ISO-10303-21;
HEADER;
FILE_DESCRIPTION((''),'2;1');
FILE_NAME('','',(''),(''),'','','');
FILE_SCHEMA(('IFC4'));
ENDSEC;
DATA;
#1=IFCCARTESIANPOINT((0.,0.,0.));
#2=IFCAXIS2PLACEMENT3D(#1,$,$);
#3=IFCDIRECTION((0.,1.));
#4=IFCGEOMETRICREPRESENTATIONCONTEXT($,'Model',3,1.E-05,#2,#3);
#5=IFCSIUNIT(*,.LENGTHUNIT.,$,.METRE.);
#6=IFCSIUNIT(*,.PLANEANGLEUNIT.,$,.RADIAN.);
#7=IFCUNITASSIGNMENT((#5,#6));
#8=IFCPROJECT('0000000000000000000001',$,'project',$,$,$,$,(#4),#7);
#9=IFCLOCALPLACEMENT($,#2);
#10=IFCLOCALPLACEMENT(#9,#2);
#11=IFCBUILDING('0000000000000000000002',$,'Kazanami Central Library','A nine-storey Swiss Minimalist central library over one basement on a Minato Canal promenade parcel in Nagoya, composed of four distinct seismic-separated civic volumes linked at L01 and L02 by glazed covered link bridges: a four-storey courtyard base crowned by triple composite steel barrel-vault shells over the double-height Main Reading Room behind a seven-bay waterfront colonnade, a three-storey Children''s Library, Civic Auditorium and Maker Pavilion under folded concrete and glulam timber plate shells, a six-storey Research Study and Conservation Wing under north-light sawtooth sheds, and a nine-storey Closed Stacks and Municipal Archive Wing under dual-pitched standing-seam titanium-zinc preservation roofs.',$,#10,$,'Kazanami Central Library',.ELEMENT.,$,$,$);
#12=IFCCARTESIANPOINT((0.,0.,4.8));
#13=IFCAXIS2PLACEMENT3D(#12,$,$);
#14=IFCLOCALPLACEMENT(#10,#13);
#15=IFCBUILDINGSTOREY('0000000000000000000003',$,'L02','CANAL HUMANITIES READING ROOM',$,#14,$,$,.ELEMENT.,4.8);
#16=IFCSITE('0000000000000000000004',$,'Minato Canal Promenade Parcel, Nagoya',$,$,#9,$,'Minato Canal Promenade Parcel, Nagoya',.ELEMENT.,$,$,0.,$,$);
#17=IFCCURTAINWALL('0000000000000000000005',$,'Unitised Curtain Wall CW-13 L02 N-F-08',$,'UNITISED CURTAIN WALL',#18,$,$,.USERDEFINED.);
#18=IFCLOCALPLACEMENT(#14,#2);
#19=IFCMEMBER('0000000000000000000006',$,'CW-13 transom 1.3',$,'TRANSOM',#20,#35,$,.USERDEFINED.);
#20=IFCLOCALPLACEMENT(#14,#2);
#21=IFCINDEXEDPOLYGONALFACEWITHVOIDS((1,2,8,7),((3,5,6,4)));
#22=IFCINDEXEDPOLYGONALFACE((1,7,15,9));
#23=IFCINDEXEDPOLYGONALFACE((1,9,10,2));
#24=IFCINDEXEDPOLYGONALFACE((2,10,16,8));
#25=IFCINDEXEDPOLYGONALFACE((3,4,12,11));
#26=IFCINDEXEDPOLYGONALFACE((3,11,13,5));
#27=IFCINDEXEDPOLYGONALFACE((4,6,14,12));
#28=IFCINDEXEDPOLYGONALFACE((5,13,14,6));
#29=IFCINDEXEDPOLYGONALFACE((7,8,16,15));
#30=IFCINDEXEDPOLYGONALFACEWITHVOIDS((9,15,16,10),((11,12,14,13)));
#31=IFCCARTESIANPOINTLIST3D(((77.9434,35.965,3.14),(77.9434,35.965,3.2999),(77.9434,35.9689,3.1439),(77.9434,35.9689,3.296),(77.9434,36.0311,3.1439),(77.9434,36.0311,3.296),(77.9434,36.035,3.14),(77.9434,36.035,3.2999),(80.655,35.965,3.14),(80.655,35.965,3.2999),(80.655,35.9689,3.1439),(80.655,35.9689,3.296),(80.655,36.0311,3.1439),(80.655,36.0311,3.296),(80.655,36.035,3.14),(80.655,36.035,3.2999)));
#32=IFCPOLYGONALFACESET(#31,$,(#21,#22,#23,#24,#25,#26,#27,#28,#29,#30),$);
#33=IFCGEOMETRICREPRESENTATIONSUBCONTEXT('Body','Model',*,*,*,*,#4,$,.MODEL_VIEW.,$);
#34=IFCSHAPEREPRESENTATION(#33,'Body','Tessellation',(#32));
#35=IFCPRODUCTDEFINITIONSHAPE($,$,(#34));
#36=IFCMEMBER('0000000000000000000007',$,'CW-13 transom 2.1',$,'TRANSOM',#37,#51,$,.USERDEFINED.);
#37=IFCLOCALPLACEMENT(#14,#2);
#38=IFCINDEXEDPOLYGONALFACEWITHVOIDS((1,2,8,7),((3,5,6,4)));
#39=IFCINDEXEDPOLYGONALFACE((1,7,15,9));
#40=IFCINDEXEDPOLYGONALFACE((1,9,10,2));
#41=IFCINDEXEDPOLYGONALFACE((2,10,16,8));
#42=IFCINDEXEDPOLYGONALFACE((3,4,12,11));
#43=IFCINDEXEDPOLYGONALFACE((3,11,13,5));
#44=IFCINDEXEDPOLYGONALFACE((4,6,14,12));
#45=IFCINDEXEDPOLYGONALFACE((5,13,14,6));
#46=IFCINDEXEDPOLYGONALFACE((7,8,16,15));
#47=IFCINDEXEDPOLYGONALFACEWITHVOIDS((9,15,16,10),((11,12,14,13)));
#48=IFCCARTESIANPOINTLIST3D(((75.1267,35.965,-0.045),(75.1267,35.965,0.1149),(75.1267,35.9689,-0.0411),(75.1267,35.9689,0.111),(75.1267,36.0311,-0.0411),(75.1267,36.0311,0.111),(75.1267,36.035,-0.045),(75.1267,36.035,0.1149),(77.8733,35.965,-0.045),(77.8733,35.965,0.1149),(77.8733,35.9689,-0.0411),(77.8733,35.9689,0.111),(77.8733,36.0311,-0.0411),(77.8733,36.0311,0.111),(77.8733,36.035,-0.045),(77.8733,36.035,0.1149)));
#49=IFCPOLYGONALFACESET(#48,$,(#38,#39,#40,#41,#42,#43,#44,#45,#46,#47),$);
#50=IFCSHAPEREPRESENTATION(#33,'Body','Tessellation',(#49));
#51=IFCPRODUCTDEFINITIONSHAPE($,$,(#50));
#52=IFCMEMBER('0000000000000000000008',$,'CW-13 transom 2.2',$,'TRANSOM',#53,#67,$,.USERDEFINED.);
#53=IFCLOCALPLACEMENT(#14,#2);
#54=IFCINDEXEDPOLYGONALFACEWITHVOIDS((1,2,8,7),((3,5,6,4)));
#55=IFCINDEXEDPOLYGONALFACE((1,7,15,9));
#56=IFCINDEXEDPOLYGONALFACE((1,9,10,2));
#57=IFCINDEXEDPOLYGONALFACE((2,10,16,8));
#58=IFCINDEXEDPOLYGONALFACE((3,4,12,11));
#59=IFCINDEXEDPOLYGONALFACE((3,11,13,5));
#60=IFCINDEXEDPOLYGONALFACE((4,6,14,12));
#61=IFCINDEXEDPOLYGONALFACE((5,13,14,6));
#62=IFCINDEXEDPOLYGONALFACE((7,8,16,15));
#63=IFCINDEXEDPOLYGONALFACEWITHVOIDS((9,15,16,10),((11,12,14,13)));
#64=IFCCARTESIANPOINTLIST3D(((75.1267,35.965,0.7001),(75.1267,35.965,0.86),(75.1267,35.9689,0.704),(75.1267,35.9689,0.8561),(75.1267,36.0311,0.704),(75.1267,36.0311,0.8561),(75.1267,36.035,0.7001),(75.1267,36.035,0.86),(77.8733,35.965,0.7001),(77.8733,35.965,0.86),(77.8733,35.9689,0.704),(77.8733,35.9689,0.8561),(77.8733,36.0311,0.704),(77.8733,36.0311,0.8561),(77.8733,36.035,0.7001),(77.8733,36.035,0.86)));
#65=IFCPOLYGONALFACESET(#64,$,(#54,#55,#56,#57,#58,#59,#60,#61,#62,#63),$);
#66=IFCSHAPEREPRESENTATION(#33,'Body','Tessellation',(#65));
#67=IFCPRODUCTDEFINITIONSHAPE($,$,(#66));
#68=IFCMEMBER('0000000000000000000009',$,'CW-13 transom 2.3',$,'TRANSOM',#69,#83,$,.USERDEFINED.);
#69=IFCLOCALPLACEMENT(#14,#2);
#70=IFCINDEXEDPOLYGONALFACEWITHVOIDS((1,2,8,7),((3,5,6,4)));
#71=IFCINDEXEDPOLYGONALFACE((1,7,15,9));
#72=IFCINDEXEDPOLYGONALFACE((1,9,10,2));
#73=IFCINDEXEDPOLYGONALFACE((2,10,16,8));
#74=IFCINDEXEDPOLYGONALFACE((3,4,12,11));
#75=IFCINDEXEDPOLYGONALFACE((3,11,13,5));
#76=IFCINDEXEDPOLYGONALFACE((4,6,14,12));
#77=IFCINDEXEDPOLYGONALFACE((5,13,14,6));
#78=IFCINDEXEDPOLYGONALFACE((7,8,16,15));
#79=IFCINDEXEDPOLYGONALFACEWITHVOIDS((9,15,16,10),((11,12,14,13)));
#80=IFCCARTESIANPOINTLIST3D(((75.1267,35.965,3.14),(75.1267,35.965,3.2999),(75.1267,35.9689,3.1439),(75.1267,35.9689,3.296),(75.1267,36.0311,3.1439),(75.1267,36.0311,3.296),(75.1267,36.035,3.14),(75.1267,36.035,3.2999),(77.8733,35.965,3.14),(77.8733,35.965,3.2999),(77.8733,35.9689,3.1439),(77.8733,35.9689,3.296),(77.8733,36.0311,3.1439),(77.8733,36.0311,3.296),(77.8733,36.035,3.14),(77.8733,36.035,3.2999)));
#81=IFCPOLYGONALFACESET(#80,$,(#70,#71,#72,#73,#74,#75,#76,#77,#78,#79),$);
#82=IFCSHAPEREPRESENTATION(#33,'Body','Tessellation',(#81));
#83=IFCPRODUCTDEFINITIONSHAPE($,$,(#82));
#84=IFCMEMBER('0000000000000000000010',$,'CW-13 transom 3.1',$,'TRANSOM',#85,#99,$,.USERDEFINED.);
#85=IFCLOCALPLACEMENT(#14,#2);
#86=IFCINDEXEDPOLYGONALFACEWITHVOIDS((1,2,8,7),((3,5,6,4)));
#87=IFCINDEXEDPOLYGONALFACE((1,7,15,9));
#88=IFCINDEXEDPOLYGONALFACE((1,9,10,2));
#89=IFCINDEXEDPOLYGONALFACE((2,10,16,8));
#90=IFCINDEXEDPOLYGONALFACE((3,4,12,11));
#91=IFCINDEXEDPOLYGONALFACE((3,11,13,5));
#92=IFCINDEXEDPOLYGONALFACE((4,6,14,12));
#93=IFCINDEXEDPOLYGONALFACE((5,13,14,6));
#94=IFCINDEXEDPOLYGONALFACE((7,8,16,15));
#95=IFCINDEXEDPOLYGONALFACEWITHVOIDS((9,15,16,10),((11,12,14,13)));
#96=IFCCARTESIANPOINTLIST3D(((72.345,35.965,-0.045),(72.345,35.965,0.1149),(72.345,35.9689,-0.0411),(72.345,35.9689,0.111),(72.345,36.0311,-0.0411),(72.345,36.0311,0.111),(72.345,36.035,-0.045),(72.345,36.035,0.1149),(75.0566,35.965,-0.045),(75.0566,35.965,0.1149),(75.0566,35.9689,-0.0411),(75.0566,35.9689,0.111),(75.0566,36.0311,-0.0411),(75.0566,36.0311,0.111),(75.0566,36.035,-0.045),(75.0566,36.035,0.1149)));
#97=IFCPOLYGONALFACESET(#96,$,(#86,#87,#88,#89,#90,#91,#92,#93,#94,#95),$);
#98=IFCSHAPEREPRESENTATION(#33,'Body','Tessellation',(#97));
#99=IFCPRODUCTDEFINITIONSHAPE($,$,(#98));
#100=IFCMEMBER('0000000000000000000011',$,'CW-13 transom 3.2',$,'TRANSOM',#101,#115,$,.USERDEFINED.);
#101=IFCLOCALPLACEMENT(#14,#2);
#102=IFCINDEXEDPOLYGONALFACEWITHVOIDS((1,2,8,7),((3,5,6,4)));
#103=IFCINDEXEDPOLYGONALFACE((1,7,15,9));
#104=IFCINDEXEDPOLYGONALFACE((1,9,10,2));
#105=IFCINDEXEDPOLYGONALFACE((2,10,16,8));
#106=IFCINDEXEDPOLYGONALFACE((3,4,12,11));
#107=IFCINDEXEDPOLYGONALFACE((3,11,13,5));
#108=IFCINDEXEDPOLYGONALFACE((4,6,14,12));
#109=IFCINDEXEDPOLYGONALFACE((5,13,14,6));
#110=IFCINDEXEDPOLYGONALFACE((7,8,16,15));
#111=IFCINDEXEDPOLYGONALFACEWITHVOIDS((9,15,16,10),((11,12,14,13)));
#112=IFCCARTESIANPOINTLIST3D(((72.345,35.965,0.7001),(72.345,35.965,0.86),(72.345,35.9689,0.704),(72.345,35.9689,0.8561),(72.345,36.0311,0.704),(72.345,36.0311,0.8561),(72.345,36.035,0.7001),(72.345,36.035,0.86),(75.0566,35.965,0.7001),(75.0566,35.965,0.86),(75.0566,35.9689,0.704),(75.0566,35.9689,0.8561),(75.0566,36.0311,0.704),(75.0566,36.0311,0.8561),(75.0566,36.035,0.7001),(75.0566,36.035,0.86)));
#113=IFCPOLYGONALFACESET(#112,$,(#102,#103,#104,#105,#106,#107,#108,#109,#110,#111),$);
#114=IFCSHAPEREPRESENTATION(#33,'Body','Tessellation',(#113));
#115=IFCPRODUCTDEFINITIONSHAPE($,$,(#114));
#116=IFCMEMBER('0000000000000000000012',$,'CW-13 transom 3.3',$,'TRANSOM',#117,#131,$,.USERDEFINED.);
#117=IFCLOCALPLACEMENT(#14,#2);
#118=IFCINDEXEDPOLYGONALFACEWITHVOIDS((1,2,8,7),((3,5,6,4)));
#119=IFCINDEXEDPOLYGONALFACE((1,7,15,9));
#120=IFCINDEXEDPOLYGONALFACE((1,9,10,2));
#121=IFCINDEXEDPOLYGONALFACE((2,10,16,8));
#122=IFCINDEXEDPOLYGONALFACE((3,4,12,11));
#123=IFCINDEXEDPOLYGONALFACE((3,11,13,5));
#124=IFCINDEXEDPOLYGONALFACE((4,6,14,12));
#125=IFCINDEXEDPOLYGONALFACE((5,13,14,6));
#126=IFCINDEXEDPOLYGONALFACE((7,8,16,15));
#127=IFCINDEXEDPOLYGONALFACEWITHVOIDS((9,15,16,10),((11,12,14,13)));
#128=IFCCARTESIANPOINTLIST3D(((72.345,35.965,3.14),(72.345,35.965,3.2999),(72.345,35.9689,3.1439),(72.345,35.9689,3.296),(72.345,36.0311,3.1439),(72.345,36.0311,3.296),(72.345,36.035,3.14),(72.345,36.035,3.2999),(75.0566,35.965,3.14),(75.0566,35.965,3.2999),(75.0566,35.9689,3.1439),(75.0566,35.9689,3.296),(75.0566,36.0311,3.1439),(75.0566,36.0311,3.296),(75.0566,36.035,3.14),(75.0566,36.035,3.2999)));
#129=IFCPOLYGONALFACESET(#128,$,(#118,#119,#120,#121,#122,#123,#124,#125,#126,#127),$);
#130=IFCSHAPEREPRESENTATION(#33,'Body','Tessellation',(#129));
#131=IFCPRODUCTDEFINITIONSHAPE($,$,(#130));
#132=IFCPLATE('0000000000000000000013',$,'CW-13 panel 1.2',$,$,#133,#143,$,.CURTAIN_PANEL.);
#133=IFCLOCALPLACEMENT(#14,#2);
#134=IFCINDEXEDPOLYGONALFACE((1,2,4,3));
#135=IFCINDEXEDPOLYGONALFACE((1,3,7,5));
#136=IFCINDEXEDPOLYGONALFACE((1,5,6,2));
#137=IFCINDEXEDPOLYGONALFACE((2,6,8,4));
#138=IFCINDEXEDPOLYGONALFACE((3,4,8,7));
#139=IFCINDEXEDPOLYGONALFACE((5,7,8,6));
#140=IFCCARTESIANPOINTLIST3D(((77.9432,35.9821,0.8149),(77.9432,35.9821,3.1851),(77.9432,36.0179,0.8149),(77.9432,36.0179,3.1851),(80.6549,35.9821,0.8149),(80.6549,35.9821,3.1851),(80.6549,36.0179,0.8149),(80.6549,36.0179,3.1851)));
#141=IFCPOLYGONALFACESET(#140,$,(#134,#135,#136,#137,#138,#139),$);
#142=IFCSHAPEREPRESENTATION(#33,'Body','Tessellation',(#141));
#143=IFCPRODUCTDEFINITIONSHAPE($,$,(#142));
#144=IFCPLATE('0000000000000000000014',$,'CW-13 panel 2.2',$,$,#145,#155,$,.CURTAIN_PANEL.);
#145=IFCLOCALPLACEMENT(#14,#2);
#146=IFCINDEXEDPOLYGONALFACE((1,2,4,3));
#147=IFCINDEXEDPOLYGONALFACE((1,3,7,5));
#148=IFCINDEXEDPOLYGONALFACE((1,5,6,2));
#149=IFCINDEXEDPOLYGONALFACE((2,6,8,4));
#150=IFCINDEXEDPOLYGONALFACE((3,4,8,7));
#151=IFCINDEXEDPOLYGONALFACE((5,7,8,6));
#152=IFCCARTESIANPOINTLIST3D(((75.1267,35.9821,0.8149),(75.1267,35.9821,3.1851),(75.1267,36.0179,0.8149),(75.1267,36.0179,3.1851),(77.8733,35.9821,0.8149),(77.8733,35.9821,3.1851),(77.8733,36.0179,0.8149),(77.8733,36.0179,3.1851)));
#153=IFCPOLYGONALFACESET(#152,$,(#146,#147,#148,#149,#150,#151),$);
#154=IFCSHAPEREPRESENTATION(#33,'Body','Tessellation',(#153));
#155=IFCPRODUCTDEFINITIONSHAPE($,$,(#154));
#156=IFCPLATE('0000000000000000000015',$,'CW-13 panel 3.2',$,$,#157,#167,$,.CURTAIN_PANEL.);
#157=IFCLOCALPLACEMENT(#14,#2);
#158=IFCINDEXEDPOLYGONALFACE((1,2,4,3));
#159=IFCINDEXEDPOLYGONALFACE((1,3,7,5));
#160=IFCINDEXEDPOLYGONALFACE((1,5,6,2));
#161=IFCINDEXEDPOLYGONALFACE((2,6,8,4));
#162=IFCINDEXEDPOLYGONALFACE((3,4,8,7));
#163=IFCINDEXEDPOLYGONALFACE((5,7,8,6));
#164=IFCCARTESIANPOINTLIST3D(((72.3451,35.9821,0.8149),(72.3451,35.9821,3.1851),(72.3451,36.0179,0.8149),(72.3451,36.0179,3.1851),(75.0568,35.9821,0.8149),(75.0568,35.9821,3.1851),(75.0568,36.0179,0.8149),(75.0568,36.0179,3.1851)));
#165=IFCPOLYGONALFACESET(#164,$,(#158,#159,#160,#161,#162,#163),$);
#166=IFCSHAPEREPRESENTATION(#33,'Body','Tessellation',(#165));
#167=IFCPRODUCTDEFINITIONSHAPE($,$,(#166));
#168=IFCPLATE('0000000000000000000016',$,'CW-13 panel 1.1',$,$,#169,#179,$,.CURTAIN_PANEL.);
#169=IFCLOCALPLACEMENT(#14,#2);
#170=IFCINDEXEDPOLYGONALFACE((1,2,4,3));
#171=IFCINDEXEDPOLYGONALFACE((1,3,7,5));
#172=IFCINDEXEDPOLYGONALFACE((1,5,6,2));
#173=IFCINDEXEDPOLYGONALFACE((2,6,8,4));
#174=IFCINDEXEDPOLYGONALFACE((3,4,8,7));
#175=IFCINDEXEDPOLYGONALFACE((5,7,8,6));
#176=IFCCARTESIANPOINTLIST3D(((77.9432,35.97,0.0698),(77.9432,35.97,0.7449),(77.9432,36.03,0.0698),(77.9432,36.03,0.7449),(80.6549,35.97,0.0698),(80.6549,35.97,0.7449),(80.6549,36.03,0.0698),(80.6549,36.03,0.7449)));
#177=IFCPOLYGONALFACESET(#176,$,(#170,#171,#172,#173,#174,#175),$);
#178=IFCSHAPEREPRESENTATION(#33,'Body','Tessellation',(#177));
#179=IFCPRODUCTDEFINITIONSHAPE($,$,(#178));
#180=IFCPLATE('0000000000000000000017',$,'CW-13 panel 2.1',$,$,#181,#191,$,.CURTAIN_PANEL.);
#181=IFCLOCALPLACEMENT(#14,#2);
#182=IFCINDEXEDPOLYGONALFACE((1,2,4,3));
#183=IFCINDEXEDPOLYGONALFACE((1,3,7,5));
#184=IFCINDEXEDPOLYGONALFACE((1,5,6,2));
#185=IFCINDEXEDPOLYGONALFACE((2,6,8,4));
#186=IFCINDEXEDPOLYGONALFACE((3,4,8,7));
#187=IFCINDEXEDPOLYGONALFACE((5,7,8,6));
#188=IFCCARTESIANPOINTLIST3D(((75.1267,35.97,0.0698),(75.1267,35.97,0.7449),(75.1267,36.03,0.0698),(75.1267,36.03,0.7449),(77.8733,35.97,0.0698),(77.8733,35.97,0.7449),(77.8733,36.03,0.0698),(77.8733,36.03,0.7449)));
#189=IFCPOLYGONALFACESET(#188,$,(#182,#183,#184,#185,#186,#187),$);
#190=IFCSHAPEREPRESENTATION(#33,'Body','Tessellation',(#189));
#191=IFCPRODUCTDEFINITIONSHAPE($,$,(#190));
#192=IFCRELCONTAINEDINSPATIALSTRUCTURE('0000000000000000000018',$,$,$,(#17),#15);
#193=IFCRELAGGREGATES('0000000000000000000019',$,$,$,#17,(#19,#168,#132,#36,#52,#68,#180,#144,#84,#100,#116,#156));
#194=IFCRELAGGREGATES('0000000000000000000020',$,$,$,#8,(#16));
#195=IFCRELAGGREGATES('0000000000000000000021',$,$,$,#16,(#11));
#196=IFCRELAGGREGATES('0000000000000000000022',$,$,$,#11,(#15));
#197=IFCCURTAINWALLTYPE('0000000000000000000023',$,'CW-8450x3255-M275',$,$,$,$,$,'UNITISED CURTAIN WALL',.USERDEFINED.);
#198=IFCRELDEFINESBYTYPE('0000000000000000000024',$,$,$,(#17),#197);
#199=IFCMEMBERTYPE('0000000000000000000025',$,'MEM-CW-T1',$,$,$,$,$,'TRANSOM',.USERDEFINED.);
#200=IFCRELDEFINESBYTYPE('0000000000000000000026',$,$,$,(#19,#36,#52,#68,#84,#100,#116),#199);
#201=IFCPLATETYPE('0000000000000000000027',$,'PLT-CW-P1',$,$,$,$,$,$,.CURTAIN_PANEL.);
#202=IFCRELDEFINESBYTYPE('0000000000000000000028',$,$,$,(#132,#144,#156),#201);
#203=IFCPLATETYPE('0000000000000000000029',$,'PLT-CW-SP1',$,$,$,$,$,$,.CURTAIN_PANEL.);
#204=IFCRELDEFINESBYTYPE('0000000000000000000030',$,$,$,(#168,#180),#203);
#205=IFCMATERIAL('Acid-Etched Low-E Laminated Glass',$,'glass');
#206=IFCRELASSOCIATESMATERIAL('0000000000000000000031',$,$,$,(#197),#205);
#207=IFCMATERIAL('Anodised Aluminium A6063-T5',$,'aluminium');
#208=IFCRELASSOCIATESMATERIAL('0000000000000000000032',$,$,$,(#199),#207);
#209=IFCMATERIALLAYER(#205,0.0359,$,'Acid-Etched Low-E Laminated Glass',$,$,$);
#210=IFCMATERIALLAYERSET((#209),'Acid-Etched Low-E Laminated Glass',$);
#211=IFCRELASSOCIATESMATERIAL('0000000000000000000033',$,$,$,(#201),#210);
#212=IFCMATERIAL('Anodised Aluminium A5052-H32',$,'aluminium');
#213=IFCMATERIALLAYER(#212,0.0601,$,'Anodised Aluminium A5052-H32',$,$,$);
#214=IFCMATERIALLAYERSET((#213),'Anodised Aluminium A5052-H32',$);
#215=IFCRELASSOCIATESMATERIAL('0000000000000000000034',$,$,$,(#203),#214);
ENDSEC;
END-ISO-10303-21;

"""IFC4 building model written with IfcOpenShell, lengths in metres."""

from ifc_helpers import new_model, si_unit, direction, frame, origin, origin_2d, place, context, subcontext, project, spatial, rectangle, hollow_rectangle, extrude, material, layer, layer_set, material_profile, profile_set, type_object, element, aggregate, save


model = new_model("IFC4")

# Units and contexts
model_context = context("Model", 3, precision=1e-05, world=origin(), true_north=direction((0.0, 1.0)))
body_context = subcontext(model_context, "Body", "Model", "MODEL_VIEW")
ifc_project = project(units=[si_unit("LENGTHUNIT", "METRE"), si_unit("PLANEANGLEUNIT", "RADIAN")], contexts=[model_context])

# Site, building, storey
site_placement = place(None, origin())
site = spatial("IfcSite", under=ifc_project, at=site_placement, Name="Minato Canal Promenade Parcel, Nagoya", LongName="Minato Canal Promenade Parcel, Nagoya", CompositionType="ELEMENT", RefElevation=0.0)
building_placement = place(site_placement, origin())
building = spatial("IfcBuilding", under=site, at=building_placement, Name="Kazanami Central Library", Description="A nine-storey Swiss Minimalist central library over one basement on a Minato Canal promenade parcel in Nagoya, composed of four distinct seismic-separated civic volumes linked at L01 and L02 by glazed covered link bridges: a four-storey courtyard base crowned by triple composite steel barrel-vault shells over the double-height Main Reading Room behind a seven-bay waterfront colonnade, a three-storey Children's Library, Civic Auditorium and Maker Pavilion under folded concrete and glulam timber plate shells, a six-storey Research Study and Conservation Wing under north-light sawtooth sheds, and a nine-storey Closed Stacks and Municipal Archive Wing under dual-pitched standing-seam titanium-zinc preservation roofs.", LongName="Kazanami Central Library", CompositionType="ELEMENT")
storey_placement = place(building_placement, frame((0.0, 0.0, 4.8)))
storey = spatial("IfcBuildingStorey", under=building, at=storey_placement, Name="L02", Description="CANAL HUMANITIES READING ROOM", CompositionType="ELEMENT", Elevation=4.8)

# Curtain wall, members, plates
ifc_material_1 = material(Name="Acid-Etched Low-E Laminated Glass", Category="glass")
curtain_wall_type = type_object("IfcCurtainWallType", Name="CW-8450x3255-M275", ElementType="UNITISED CURTAIN WALL", PredefinedType="USERDEFINED", material=ifc_material_1)
curtain_wall_placement = place(storey_placement, origin())
curtain_wall = element("IfcCurtainWall", 1, at=curtain_wall_placement, inside=storey, type_object=curtain_wall_type, Name="Unitised Curtain Wall CW-13 L02 N-F-08", ObjectType="UNITISED CURTAIN WALL", PredefinedType="USERDEFINED")
ifc_material_2 = material(Name="Anodised Aluminium A6063-T5", Category="aluminium")
ifc_material_profile_1 = material_profile(ifc_material_2, hollow_rectangle(XDim=0.0701, YDim=0.1599, WallThickness=0.0039, at=origin_2d()), Name="ALU-TRAN-70x160x4")
ifc_profile_set_1 = profile_set([ifc_material_profile_1], Name="Anodised Aluminium A6063-T5")
member_type_1 = type_object("IfcMemberType", Name="MEM-CW-T1", ElementType="TRANSOM", PredefinedType="USERDEFINED", material=ifc_profile_set_1)
member_1_placement = place(storey_placement, frame((80.655, 36.0, 3.22), z_axis=(-1.0, 0.0, 0.0), x_axis=(0.0, -1.0, 0.0)))
member_1 = element("IfcMember", 2, at=member_1_placement, type_object=member_type_1, Name="CW-13 transom 1.3", ObjectType="TRANSOM", PredefinedType="USERDEFINED", context=body_context, shape_type="SweptSolid", body=[
    extrude(hollow_rectangle(XDim=0.0701, YDim=0.1599, WallThickness=0.0039, at=origin_2d()), origin(), (0.0, 0.0, 1.0), 2.7117),
])
member_2_placement = place(storey_placement, frame((77.8733, 36.0, 0.0349), z_axis=(-1.0, 0.0, 0.0), x_axis=(0.0, -1.0, 0.0)))
member_2 = element("IfcMember", 3, at=member_2_placement, type_object=member_type_1, Name="CW-13 transom 2.1", ObjectType="TRANSOM", PredefinedType="USERDEFINED", context=body_context, shape_type="SweptSolid", body=[
    extrude(hollow_rectangle(XDim=0.0701, YDim=0.1599, WallThickness=0.0039, at=origin_2d()), origin(), (0.0, 0.0, 1.0), 2.7466),
])
member_3_placement = place(storey_placement, frame((77.8733, 36.0, 0.78), z_axis=(-1.0, 0.0, 0.0), x_axis=(0.0, -1.0, 0.0)))
member_3 = element("IfcMember", 4, at=member_3_placement, type_object=member_type_1, Name="CW-13 transom 2.2", ObjectType="TRANSOM", PredefinedType="USERDEFINED", context=body_context, shape_type="SweptSolid", body=[
    extrude(hollow_rectangle(XDim=0.0701, YDim=0.1599, WallThickness=0.0039, at=origin_2d()), origin(), (0.0, 0.0, 1.0), 2.7466),
])
member_4_placement = place(storey_placement, frame((77.8733, 36.0, 3.22), z_axis=(-1.0, 0.0, 0.0), x_axis=(0.0, -1.0, 0.0)))
member_4 = element("IfcMember", 5, at=member_4_placement, type_object=member_type_1, Name="CW-13 transom 2.3", ObjectType="TRANSOM", PredefinedType="USERDEFINED", context=body_context, shape_type="SweptSolid", body=[
    extrude(hollow_rectangle(XDim=0.0701, YDim=0.1599, WallThickness=0.0039, at=origin_2d()), origin(), (0.0, 0.0, 1.0), 2.7466),
])
member_5_placement = place(storey_placement, frame((75.0566, 36.0, 0.0349), z_axis=(-1.0, 0.0, 0.0), x_axis=(0.0, -1.0, 0.0)))
member_5 = element("IfcMember", 6, at=member_5_placement, type_object=member_type_1, Name="CW-13 transom 3.1", ObjectType="TRANSOM", PredefinedType="USERDEFINED", context=body_context, shape_type="SweptSolid", body=[
    extrude(hollow_rectangle(XDim=0.0701, YDim=0.1599, WallThickness=0.0039, at=origin_2d()), origin(), (0.0, 0.0, 1.0), 2.7117),
])
member_6_placement = place(storey_placement, frame((75.0566, 36.0, 0.78), z_axis=(-1.0, 0.0, 0.0), x_axis=(0.0, -1.0, 0.0)))
member_6 = element("IfcMember", 7, at=member_6_placement, type_object=member_type_1, Name="CW-13 transom 3.2", ObjectType="TRANSOM", PredefinedType="USERDEFINED", context=body_context, shape_type="SweptSolid", body=[
    extrude(hollow_rectangle(XDim=0.0701, YDim=0.1599, WallThickness=0.0039, at=origin_2d()), origin(), (0.0, 0.0, 1.0), 2.7117),
])
member_7_placement = place(storey_placement, frame((75.0566, 36.0, 3.22), z_axis=(-1.0, 0.0, 0.0), x_axis=(0.0, -1.0, 0.0)))
member_7 = element("IfcMember", 8, at=member_7_placement, type_object=member_type_1, Name="CW-13 transom 3.3", ObjectType="TRANSOM", PredefinedType="USERDEFINED", context=body_context, shape_type="SweptSolid", body=[
    extrude(hollow_rectangle(XDim=0.0701, YDim=0.1599, WallThickness=0.0039, at=origin_2d()), origin(), (0.0, 0.0, 1.0), 2.7117),
])
ifc_layer_1 = layer(ifc_material_1, 0.0359, Name="Acid-Etched Low-E Laminated Glass")
ifc_layer_set_1 = layer_set([ifc_layer_1], Name="Acid-Etched Low-E Laminated Glass")
plate_type_1 = type_object("IfcPlateType", Name="PLT-CW-P1", PredefinedType="CURTAIN_PANEL", material=ifc_layer_set_1)
plate_1_placement = place(storey_placement, frame((79.2991, 36.0, 0.8149), z_axis=(0.0, 0.0, 1.0), x_axis=(-1.0, 0.0, 0.0)))
plate_1 = element("IfcPlate", 9, at=plate_1_placement, type_object=plate_type_1, Name="CW-13 panel 1.2", PredefinedType="CURTAIN_PANEL", context=body_context, shape_type="SweptSolid", body=[
    extrude(rectangle(XDim=2.7117, YDim=0.0359, at=origin_2d()), origin(), (0.0, 0.0, 1.0), 2.3701),
])
plate_2_placement = place(storey_placement, frame((76.5, 36.0, 0.8149), z_axis=(0.0, 0.0, 1.0), x_axis=(-1.0, 0.0, 0.0)))
plate_2 = element("IfcPlate", 10, at=plate_2_placement, type_object=plate_type_1, Name="CW-13 panel 2.2", PredefinedType="CURTAIN_PANEL", context=body_context, shape_type="SweptSolid", body=[
    extrude(rectangle(XDim=2.7466, YDim=0.0359, at=origin_2d()), origin(), (0.0, 0.0, 1.0), 2.3701),
])
plate_3_placement = place(storey_placement, frame((73.7009, 36.0, 0.8149), z_axis=(0.0, 0.0, 1.0), x_axis=(-1.0, 0.0, 0.0)))
plate_3 = element("IfcPlate", 11, at=plate_3_placement, type_object=plate_type_1, Name="CW-13 panel 3.2", PredefinedType="CURTAIN_PANEL", context=body_context, shape_type="SweptSolid", body=[
    extrude(rectangle(XDim=2.7117, YDim=0.0359, at=origin_2d()), origin(), (0.0, 0.0, 1.0), 2.3701),
])
ifc_material_3 = material(Name="Anodised Aluminium A5052-H32", Category="aluminium")
ifc_layer_2 = layer(ifc_material_3, 0.0601, Name="Anodised Aluminium A5052-H32")
ifc_layer_set_2 = layer_set([ifc_layer_2], Name="Anodised Aluminium A5052-H32")
plate_type_2 = type_object("IfcPlateType", Name="PLT-CW-SP1", PredefinedType="CURTAIN_PANEL", material=ifc_layer_set_2)
plate_4_placement = place(storey_placement, frame((79.2991, 36.0, 0.0698), z_axis=(0.0, 0.0, 1.0), x_axis=(-1.0, 0.0, 0.0)))
plate_4 = element("IfcPlate", 12, at=plate_4_placement, type_object=plate_type_2, Name="CW-13 panel 1.1", PredefinedType="CURTAIN_PANEL", context=body_context, shape_type="SweptSolid", body=[
    extrude(rectangle(XDim=2.7117, YDim=0.0601, at=origin_2d()), origin(), (0.0, 0.0, 1.0), 0.675),
])
plate_5_placement = place(storey_placement, frame((76.5, 36.0, 0.0698), z_axis=(0.0, 0.0, 1.0), x_axis=(-1.0, 0.0, 0.0)))
plate_5 = element("IfcPlate", 13, at=plate_5_placement, type_object=plate_type_2, Name="CW-13 panel 2.1", PredefinedType="CURTAIN_PANEL", context=body_context, shape_type="SweptSolid", body=[
    extrude(rectangle(XDim=2.7466, YDim=0.0601, at=origin_2d()), origin(), (0.0, 0.0, 1.0), 0.675),
])
aggregate(curtain_wall, [member_1, plate_4, plate_1, member_2, member_3, member_4, plate_5, plate_2, member_5, member_6, member_7, plate_3])

save(model, "model.ifc")
